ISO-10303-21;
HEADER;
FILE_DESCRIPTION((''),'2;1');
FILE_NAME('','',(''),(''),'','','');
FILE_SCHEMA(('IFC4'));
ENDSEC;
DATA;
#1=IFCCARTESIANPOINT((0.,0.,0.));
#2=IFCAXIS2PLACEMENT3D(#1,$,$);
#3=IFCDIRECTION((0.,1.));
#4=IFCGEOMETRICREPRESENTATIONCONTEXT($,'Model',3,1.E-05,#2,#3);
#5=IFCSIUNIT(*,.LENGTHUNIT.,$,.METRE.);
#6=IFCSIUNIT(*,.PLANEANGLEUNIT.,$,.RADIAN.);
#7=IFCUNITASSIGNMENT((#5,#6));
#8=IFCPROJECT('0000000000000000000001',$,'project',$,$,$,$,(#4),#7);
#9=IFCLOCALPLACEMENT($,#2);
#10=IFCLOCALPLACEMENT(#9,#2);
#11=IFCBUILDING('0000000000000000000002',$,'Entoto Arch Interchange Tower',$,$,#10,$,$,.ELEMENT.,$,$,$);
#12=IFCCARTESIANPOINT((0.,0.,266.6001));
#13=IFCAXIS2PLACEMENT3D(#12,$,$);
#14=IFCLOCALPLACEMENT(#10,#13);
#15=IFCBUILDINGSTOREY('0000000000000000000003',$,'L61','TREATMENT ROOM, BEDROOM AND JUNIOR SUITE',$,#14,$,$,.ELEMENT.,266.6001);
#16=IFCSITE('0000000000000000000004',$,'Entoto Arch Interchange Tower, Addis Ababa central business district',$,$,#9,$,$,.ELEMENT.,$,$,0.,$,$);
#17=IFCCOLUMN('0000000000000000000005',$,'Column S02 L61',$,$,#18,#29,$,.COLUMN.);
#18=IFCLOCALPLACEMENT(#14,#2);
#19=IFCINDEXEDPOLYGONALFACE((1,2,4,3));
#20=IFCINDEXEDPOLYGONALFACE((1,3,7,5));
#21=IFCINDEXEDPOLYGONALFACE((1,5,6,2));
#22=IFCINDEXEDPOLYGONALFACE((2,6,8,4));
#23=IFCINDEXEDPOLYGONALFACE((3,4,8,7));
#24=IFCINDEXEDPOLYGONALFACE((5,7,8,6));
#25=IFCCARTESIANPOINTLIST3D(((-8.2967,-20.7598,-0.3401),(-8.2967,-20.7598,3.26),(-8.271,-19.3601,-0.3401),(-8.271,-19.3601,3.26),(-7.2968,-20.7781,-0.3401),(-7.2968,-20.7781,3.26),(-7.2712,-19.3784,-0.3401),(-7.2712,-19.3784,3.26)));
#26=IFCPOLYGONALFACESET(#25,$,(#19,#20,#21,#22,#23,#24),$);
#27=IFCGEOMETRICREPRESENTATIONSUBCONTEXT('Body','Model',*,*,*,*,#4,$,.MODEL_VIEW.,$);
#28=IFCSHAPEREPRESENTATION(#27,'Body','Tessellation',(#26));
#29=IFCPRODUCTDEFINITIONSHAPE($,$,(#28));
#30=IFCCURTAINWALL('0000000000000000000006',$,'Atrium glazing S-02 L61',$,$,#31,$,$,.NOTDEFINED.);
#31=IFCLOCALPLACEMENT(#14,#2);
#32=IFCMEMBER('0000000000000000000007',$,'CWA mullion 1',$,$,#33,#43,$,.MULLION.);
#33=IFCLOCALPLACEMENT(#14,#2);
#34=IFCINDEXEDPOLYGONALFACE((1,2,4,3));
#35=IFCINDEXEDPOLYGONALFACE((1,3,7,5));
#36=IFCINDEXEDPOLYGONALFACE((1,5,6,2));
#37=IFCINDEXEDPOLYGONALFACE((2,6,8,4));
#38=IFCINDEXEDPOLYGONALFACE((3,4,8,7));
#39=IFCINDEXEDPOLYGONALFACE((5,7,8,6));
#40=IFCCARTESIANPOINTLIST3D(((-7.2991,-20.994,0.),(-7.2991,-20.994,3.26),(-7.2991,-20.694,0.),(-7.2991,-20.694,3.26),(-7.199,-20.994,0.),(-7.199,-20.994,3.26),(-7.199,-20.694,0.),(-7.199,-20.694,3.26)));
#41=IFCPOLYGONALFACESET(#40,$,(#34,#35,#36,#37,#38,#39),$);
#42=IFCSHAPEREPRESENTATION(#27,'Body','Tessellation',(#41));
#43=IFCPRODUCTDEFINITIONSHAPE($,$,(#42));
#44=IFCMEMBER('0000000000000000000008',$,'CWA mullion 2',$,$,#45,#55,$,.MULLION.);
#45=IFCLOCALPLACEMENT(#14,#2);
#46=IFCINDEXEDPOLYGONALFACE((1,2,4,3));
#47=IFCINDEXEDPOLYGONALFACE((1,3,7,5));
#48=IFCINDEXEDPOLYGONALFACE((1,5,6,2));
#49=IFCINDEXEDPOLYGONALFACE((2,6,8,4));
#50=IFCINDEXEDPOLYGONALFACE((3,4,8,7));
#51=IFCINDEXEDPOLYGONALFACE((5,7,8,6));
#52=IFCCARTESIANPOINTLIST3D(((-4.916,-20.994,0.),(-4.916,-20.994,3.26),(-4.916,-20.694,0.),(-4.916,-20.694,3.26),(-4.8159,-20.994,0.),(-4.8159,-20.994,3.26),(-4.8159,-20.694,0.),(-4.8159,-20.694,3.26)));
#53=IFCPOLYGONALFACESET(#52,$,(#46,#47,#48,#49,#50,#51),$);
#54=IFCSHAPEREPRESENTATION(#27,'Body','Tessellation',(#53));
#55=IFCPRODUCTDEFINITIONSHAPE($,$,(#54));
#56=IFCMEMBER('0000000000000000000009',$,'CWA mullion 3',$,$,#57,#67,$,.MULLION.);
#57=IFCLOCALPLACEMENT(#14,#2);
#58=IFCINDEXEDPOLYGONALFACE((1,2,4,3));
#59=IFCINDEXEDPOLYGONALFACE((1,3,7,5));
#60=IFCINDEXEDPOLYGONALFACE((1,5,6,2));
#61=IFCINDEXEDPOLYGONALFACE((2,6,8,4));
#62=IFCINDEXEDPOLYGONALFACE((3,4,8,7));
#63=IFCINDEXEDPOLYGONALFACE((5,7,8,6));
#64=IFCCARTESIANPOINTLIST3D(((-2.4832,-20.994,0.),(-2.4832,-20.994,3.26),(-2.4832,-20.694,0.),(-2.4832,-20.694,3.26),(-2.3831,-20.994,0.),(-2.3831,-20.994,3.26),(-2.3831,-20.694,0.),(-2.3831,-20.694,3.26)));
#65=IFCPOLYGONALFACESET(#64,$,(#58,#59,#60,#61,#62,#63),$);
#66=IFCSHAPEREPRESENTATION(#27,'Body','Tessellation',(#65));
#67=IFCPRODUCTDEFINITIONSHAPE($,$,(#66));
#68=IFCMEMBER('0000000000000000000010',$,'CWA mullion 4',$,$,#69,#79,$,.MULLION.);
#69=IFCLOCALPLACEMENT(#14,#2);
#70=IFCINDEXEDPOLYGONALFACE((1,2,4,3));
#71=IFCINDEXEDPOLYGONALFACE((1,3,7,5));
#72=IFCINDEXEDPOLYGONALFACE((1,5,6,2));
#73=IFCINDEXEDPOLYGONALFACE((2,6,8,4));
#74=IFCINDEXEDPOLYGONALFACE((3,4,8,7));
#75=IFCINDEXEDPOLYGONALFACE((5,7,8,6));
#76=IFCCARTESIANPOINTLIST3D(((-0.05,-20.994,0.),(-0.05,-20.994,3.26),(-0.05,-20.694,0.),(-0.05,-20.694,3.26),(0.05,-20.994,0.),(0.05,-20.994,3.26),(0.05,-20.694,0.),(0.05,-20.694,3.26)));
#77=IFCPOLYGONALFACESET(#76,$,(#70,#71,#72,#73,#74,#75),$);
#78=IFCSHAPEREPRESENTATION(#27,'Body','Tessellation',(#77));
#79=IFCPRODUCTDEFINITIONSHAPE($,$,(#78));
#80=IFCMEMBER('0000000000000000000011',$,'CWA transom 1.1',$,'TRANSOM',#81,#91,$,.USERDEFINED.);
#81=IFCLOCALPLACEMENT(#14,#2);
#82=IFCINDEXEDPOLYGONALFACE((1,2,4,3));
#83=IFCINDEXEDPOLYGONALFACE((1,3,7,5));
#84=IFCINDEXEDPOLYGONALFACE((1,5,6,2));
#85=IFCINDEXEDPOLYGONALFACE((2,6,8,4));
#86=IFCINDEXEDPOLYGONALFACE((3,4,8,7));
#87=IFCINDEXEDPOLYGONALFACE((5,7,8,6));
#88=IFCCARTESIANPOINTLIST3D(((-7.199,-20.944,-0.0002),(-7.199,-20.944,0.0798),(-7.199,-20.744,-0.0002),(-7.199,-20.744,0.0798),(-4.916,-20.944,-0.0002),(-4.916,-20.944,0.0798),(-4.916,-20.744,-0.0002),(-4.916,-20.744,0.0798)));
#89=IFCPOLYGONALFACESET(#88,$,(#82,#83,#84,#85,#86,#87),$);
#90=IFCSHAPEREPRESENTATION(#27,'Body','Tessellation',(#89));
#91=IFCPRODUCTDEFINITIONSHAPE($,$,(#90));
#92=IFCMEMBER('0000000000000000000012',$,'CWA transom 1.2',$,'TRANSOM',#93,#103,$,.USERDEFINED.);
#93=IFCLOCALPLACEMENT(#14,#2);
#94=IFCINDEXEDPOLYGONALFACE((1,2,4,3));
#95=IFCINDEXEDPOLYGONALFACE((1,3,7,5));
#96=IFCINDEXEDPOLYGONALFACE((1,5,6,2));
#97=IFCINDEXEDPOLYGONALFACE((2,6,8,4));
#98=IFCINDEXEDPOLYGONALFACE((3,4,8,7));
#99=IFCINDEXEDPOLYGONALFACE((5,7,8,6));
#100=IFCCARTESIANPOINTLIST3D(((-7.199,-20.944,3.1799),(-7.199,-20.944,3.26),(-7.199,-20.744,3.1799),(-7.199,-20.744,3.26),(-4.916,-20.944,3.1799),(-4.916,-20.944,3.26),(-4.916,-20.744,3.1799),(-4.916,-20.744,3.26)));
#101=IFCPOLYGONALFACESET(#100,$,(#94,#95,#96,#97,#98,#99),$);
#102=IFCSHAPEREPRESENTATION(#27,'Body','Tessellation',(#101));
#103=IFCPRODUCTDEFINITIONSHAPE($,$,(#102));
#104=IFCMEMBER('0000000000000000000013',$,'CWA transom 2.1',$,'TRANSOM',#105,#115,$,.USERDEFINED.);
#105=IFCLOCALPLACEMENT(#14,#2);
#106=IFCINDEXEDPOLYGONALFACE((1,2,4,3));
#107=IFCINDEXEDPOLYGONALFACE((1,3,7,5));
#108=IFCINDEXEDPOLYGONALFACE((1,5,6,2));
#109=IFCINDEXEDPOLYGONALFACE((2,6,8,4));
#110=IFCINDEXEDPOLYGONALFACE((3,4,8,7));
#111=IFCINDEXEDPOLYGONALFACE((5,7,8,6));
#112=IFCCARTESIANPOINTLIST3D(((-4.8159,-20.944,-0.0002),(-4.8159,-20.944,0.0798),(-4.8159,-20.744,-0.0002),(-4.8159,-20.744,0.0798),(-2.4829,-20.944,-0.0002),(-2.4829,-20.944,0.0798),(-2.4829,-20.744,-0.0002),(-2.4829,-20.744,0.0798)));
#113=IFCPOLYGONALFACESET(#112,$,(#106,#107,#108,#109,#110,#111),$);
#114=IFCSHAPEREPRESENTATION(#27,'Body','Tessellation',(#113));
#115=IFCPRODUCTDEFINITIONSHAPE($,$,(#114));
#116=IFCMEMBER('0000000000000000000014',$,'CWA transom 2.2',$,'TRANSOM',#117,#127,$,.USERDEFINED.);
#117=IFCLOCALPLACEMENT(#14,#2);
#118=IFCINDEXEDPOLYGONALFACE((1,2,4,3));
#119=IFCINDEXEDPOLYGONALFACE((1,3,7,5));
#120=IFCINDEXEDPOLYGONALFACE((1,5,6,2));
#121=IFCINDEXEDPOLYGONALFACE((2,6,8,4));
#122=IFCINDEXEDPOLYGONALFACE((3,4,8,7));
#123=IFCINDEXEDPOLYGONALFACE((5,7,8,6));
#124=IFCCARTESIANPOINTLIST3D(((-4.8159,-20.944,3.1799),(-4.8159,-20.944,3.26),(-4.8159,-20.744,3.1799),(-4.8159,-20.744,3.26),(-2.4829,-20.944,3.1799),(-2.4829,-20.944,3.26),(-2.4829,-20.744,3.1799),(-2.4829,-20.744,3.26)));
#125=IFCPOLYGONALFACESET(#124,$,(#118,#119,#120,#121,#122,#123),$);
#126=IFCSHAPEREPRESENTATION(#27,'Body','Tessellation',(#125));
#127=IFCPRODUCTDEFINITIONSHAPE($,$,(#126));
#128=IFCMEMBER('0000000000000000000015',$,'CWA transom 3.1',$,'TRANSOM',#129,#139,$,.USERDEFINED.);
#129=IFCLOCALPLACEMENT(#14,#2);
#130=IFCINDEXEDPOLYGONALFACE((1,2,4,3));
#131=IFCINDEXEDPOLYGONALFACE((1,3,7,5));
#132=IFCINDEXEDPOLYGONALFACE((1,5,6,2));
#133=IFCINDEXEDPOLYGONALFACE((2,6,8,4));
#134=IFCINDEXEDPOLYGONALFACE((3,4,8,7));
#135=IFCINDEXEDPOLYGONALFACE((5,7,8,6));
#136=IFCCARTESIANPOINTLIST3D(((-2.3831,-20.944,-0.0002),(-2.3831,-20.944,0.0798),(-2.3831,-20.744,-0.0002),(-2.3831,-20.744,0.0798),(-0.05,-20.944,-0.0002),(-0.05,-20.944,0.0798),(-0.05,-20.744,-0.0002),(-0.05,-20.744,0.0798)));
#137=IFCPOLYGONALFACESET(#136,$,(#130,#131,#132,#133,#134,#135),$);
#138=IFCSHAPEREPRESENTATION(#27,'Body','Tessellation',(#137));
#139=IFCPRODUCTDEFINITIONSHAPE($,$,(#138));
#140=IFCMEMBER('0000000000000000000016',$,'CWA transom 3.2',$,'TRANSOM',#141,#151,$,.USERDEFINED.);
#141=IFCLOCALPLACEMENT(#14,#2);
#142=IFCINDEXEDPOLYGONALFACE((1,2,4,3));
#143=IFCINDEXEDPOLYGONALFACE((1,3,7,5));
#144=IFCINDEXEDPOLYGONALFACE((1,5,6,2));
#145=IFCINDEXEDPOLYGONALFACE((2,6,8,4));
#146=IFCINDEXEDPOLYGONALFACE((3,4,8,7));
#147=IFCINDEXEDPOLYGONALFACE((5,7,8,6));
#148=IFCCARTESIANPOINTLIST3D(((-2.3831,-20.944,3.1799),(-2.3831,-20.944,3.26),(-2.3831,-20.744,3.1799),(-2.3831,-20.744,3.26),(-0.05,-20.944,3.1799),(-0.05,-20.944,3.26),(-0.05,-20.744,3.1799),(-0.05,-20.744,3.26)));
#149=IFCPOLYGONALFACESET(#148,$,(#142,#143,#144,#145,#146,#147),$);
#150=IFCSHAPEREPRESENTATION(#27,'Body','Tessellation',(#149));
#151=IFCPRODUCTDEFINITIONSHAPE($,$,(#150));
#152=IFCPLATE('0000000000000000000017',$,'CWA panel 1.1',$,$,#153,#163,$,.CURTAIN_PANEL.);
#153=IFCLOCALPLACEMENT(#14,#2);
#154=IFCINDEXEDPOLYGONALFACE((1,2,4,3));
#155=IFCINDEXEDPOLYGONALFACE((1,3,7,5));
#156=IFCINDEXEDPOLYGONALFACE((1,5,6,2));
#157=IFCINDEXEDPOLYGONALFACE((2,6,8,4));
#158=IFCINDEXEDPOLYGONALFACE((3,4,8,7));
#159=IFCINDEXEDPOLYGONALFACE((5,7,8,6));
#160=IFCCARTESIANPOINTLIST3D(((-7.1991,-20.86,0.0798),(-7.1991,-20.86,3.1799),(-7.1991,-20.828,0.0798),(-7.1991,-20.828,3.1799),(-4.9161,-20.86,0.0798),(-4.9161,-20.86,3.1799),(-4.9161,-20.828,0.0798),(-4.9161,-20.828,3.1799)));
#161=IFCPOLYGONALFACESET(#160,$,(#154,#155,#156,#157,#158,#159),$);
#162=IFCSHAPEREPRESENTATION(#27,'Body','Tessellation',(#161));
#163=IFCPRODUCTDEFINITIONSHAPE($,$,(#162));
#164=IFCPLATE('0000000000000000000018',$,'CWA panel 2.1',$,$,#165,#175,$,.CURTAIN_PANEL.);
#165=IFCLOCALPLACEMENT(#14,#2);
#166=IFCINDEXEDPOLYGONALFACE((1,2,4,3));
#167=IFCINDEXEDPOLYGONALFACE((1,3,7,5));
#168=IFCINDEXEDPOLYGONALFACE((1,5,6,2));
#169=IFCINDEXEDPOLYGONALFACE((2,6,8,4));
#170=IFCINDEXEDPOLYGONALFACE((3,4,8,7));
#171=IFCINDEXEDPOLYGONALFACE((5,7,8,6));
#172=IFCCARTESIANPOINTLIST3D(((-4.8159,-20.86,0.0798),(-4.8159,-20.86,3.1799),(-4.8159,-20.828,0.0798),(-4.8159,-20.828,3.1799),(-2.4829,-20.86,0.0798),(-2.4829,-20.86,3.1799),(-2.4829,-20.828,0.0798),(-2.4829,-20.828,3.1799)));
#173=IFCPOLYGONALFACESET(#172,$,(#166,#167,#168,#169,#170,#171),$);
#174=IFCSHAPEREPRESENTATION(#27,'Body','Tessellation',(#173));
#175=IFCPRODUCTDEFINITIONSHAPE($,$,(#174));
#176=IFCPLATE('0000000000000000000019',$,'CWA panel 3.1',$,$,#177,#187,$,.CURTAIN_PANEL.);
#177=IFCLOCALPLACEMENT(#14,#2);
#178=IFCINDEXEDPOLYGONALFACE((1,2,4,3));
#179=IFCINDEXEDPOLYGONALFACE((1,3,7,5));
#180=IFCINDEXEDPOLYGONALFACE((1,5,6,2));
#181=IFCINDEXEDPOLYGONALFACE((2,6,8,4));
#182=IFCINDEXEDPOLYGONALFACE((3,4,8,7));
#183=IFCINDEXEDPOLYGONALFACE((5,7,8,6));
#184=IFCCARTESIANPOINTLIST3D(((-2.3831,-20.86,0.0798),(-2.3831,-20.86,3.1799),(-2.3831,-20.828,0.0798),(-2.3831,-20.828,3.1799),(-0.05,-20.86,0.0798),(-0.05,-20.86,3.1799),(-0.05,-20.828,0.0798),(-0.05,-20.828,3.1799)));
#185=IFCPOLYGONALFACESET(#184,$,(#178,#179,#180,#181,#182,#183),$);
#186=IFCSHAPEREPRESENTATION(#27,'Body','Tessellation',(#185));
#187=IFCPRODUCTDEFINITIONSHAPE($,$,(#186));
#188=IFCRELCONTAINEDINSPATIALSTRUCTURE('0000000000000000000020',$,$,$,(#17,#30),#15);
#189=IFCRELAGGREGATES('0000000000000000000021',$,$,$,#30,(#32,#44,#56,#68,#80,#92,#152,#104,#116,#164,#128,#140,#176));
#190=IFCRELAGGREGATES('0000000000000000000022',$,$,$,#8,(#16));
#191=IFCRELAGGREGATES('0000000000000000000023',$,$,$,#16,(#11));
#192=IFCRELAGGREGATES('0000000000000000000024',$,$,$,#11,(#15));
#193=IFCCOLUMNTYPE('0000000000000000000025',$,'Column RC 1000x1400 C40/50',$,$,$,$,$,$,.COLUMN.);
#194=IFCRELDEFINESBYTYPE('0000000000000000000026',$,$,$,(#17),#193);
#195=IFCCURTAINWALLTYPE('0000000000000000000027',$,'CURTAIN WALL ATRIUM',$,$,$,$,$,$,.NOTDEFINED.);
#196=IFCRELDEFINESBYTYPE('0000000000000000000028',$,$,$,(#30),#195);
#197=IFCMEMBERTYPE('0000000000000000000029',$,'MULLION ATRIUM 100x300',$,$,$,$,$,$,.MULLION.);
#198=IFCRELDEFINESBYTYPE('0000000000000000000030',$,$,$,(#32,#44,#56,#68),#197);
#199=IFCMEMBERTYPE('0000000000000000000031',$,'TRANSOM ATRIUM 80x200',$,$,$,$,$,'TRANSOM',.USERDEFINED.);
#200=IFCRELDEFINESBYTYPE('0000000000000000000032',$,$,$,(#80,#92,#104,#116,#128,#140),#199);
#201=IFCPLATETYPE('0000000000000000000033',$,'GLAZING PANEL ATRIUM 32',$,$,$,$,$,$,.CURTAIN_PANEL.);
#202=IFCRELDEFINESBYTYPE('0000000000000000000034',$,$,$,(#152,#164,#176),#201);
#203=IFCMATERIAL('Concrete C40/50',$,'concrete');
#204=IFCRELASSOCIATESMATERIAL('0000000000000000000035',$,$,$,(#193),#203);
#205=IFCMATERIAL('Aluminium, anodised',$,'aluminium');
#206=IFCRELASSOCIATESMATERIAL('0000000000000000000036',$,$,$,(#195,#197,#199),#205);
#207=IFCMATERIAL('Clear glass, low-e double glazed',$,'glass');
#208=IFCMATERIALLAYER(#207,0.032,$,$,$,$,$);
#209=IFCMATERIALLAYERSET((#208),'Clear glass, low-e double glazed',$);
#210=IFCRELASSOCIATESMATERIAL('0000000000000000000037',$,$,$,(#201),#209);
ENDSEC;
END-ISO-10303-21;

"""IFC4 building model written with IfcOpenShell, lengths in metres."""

from ifc_helpers import new_model, si_unit, direction, frame, origin, origin_2d, place, context, subcontext, project, spatial, rectangle, extrude, material, layer, layer_set, material_profile, profile_set, type_object, element, aggregate, save


model = new_model("IFC4")

# Units and contexts
model_context = context("Model", 3, precision=1e-05, world=origin(), true_north=direction((0.0, 1.0)))
body_context = subcontext(model_context, "Body", "Model", "MODEL_VIEW")
ifc_project = project(units=[si_unit("LENGTHUNIT", "METRE"), si_unit("PLANEANGLEUNIT", "RADIAN")], contexts=[model_context])

# Site, building, storey
site_placement = place(None, origin())
site = spatial("IfcSite", under=ifc_project, at=site_placement, Name="Entoto Arch Interchange Tower, Addis Ababa central business district", CompositionType="ELEMENT", RefElevation=0.0)
building_placement = place(site_placement, origin())
building = spatial("IfcBuilding", under=site, at=building_placement, Name="Entoto Arch Interchange Tower", CompositionType="ELEMENT")
storey_placement = place(building_placement, frame((0.0, 0.0, 266.6001)))
storey = spatial("IfcBuildingStorey", under=building, at=storey_placement, Name="L61", Description="TREATMENT ROOM, BEDROOM AND JUNIOR SUITE", CompositionType="ELEMENT", Elevation=266.6001)

# Column
ifc_material_1 = material(Name="Concrete C40/50", Category="concrete")
ifc_material_profile_1 = material_profile(ifc_material_1, rectangle(XDim=1.0, YDim=1.3999, at=origin_2d()))
ifc_profile_set_1 = profile_set([ifc_material_profile_1], Name="Concrete C40/50")
column_type = type_object("IfcColumnType", Name="Column RC 1000x1400 C40/50", PredefinedType="COLUMN", material=ifc_profile_set_1)
column_placement = place(storey_placement, frame((-7.7839, -20.0691, -0.3401), z_axis=(0.0, 0.0, 1.0), x_axis=(-0.999833, 0.01829, 0.0)))
element("IfcColumn", 1, at=column_placement, inside=storey, type_object=column_type, Name="Column S02 L61", PredefinedType="COLUMN", context=body_context, shape_type="SweptSolid", body=[
    extrude(rectangle(XDim=1.0, YDim=1.3999, at=origin_2d()), origin(), (0.0, 0.0, 1.0), 3.6001),
])

# Curtain wall, members, plates
ifc_material_2 = material(Name="Aluminium, anodised", Category="aluminium")
curtain_wall_type = type_object("IfcCurtainWallType", Name="CURTAIN WALL ATRIUM", PredefinedType="NOTDEFINED", material=ifc_material_2)
curtain_wall_placement = place(storey_placement, origin())
curtain_wall = element("IfcCurtainWall", 2, at=curtain_wall_placement, inside=storey, type_object=curtain_wall_type, Name="Atrium glazing S-02 L61", PredefinedType="NOTDEFINED")
ifc_material_profile_2 = material_profile(ifc_material_2, rectangle(XDim=0.3, YDim=0.1001, at=origin_2d()))
ifc_profile_set_2 = profile_set([ifc_material_profile_2], Name="Aluminium, anodised")
member_type_1 = type_object("IfcMemberType", Name="MULLION ATRIUM 100x300", PredefinedType="MULLION", material=ifc_profile_set_2)
member_1_placement = place(storey_placement, frame((-7.249, -20.844, 0.0), z_axis=(0.0, 0.0, 1.0), x_axis=(0.0, 1.0, 0.0)))
member_1 = element("IfcMember", 3, at=member_1_placement, type_object=member_type_1, Name="CWA mullion 1", PredefinedType="MULLION", context=body_context, shape_type="SweptSolid", body=[
    extrude(rectangle(XDim=0.3, YDim=0.1001, at=origin_2d()), origin(), (0.0, 0.0, 1.0), 3.26),
])
member_2_placement = place(storey_placement, frame((-4.866, -20.844, 0.0), z_axis=(0.0, 0.0, 1.0), x_axis=(0.0, 1.0, 0.0)))
member_2 = element("IfcMember", 4, at=member_2_placement, type_object=member_type_1, Name="CWA mullion 2", PredefinedType="MULLION", context=body_context, shape_type="SweptSolid", body=[
    extrude(rectangle(XDim=0.3, YDim=0.1001, at=origin_2d()), origin(), (0.0, 0.0, 1.0), 3.26),
])
member_3_placement = place(storey_placement, frame((-2.4331, -20.844, 0.0), z_axis=(0.0, 0.0, 1.0), x_axis=(0.0, 1.0, 0.0)))
member_3 = element("IfcMember", 5, at=member_3_placement, type_object=member_type_1, Name="CWA mullion 3", PredefinedType="MULLION", context=body_context, shape_type="SweptSolid", body=[
    extrude(rectangle(XDim=0.3, YDim=0.1001, at=origin_2d()), origin(), (0.0, 0.0, 1.0), 3.26),
])
member_4_placement = place(storey_placement, frame((0.0, -20.844, 0.0), z_axis=(0.0, 0.0, 1.0), x_axis=(0.0, 1.0, 0.0)))
member_4 = element("IfcMember", 6, at=member_4_placement, type_object=member_type_1, Name="CWA mullion 4", PredefinedType="MULLION", context=body_context, shape_type="SweptSolid", body=[
    extrude(rectangle(XDim=0.3, YDim=0.1001, at=origin_2d()), origin(), (0.0, 0.0, 1.0), 3.26),
])
ifc_material_profile_3 = material_profile(ifc_material_2, rectangle(XDim=0.2, YDim=0.0801, at=origin_2d()))
ifc_profile_set_3 = profile_set([ifc_material_profile_3], Name="Aluminium, anodised")
member_type_2 = type_object("IfcMemberType", Name="TRANSOM ATRIUM 80x200", ElementType="TRANSOM", PredefinedType="USERDEFINED", material=ifc_profile_set_3)
member_5_placement = place(storey_placement, frame((-7.199, -20.844, 0.0398), z_axis=(1.0, 0.0, 0.0), x_axis=(0.0, 1.0, 0.0)))
member_5 = element("IfcMember", 7, at=member_5_placement, type_object=member_type_2, Name="CWA transom 1.1", ObjectType="TRANSOM", PredefinedType="USERDEFINED", context=body_context, shape_type="SweptSolid", body=[
    extrude(rectangle(XDim=0.2, YDim=0.0801, at=origin_2d()), origin(), (0.0, 0.0, 1.0), 2.283),
])
member_6_placement = place(storey_placement, frame((-7.199, -20.844, 3.22), z_axis=(1.0, 0.0, 0.0), x_axis=(0.0, 1.0, 0.0)))
member_6 = element("IfcMember", 8, at=member_6_placement, type_object=member_type_2, Name="CWA transom 1.2", ObjectType="TRANSOM", PredefinedType="USERDEFINED", context=body_context, shape_type="SweptSolid", body=[
    extrude(rectangle(XDim=0.2, YDim=0.0801, at=origin_2d()), origin(), (0.0, 0.0, 1.0), 2.283),
])
member_7_placement = place(storey_placement, frame((-4.8159, -20.844, 0.0398), z_axis=(1.0, 0.0, 0.0), x_axis=(0.0, 1.0, 0.0)))
member_7 = element("IfcMember", 9, at=member_7_placement, type_object=member_type_2, Name="CWA transom 2.1", ObjectType="TRANSOM", PredefinedType="USERDEFINED", context=body_context, shape_type="SweptSolid", body=[
    extrude(rectangle(XDim=0.2, YDim=0.0801, at=origin_2d()), origin(), (0.0, 0.0, 1.0), 2.333),
])
member_8_placement = place(storey_placement, frame((-4.8159, -20.844, 3.22), z_axis=(1.0, 0.0, 0.0), x_axis=(0.0, 1.0, 0.0)))
member_8 = element("IfcMember", 10, at=member_8_placement, type_object=member_type_2, Name="CWA transom 2.2", ObjectType="TRANSOM", PredefinedType="USERDEFINED", context=body_context, shape_type="SweptSolid", body=[
    extrude(rectangle(XDim=0.2, YDim=0.0801, at=origin_2d()), origin(), (0.0, 0.0, 1.0), 2.333),
])
member_9_placement = place(storey_placement, frame((-2.3831, -20.844, 0.0398), z_axis=(1.0, 0.0, 0.0), x_axis=(0.0, 1.0, 0.0)))
member_9 = element("IfcMember", 11, at=member_9_placement, type_object=member_type_2, Name="CWA transom 3.1", ObjectType="TRANSOM", PredefinedType="USERDEFINED", context=body_context, shape_type="SweptSolid", body=[
    extrude(rectangle(XDim=0.2, YDim=0.0801, at=origin_2d()), origin(), (0.0, 0.0, 1.0), 2.333),
])
member_10_placement = place(storey_placement, frame((-2.3831, -20.844, 3.22), z_axis=(1.0, 0.0, 0.0), x_axis=(0.0, 1.0, 0.0)))
member_10 = element("IfcMember", 12, at=member_10_placement, type_object=member_type_2, Name="CWA transom 3.2", ObjectType="TRANSOM", PredefinedType="USERDEFINED", context=body_context, shape_type="SweptSolid", body=[
    extrude(rectangle(XDim=0.2, YDim=0.0801, at=origin_2d()), origin(), (0.0, 0.0, 1.0), 2.333),
])
ifc_material_3 = material(Name="Clear glass, low-e double glazed", Category="glass")
ifc_layer_1 = layer(ifc_material_3, 0.032)
ifc_layer_set_1 = layer_set([ifc_layer_1], Name="Clear glass, low-e double glazed")
plate_type = type_object("IfcPlateType", Name="GLAZING PANEL ATRIUM 32", PredefinedType="CURTAIN_PANEL", material=ifc_layer_set_1)
plate_1_placement = place(storey_placement, frame((-6.0576, -20.844, 0.0798), z_axis=(0.0, 0.0, 1.0), x_axis=(1.0, 0.0, 0.0)))
plate_1 = element("IfcPlate", 13, at=plate_1_placement, type_object=plate_type, Name="CWA panel 1.1", PredefinedType="CURTAIN_PANEL", context=body_context, shape_type="SweptSolid", body=[
    extrude(rectangle(XDim=2.283, YDim=0.032, at=origin_2d()), origin(), (0.0, 0.0, 1.0), 3.1001),
])
plate_2_placement = place(storey_placement, frame((-3.6494, -20.844, 0.0798), z_axis=(0.0, 0.0, 1.0), x_axis=(1.0, 0.0, 0.0)))
plate_2 = element("IfcPlate", 14, at=plate_2_placement, type_object=plate_type, Name="CWA panel 2.1", PredefinedType="CURTAIN_PANEL", context=body_context, shape_type="SweptSolid", body=[
    extrude(rectangle(XDim=2.333, YDim=0.032, at=origin_2d()), origin(), (0.0, 0.0, 1.0), 3.1001),
])
plate_3_placement = place(storey_placement, frame((-1.2166, -20.844, 0.0798), z_axis=(0.0, 0.0, 1.0), x_axis=(1.0, 0.0, 0.0)))
plate_3 = element("IfcPlate", 15, at=plate_3_placement, type_object=plate_type, Name="CWA panel 3.1", PredefinedType="CURTAIN_PANEL", context=body_context, shape_type="SweptSolid", body=[
    extrude(rectangle(XDim=2.333, YDim=0.032, at=origin_2d()), origin(), (0.0, 0.0, 1.0), 3.1001),
])
aggregate(curtain_wall, [member_1, member_2, member_3, member_4, member_5, member_6, plate_1, member_7, member_8, plate_2, member_9, member_10, plate_3])

save(model, "model.ifc")
